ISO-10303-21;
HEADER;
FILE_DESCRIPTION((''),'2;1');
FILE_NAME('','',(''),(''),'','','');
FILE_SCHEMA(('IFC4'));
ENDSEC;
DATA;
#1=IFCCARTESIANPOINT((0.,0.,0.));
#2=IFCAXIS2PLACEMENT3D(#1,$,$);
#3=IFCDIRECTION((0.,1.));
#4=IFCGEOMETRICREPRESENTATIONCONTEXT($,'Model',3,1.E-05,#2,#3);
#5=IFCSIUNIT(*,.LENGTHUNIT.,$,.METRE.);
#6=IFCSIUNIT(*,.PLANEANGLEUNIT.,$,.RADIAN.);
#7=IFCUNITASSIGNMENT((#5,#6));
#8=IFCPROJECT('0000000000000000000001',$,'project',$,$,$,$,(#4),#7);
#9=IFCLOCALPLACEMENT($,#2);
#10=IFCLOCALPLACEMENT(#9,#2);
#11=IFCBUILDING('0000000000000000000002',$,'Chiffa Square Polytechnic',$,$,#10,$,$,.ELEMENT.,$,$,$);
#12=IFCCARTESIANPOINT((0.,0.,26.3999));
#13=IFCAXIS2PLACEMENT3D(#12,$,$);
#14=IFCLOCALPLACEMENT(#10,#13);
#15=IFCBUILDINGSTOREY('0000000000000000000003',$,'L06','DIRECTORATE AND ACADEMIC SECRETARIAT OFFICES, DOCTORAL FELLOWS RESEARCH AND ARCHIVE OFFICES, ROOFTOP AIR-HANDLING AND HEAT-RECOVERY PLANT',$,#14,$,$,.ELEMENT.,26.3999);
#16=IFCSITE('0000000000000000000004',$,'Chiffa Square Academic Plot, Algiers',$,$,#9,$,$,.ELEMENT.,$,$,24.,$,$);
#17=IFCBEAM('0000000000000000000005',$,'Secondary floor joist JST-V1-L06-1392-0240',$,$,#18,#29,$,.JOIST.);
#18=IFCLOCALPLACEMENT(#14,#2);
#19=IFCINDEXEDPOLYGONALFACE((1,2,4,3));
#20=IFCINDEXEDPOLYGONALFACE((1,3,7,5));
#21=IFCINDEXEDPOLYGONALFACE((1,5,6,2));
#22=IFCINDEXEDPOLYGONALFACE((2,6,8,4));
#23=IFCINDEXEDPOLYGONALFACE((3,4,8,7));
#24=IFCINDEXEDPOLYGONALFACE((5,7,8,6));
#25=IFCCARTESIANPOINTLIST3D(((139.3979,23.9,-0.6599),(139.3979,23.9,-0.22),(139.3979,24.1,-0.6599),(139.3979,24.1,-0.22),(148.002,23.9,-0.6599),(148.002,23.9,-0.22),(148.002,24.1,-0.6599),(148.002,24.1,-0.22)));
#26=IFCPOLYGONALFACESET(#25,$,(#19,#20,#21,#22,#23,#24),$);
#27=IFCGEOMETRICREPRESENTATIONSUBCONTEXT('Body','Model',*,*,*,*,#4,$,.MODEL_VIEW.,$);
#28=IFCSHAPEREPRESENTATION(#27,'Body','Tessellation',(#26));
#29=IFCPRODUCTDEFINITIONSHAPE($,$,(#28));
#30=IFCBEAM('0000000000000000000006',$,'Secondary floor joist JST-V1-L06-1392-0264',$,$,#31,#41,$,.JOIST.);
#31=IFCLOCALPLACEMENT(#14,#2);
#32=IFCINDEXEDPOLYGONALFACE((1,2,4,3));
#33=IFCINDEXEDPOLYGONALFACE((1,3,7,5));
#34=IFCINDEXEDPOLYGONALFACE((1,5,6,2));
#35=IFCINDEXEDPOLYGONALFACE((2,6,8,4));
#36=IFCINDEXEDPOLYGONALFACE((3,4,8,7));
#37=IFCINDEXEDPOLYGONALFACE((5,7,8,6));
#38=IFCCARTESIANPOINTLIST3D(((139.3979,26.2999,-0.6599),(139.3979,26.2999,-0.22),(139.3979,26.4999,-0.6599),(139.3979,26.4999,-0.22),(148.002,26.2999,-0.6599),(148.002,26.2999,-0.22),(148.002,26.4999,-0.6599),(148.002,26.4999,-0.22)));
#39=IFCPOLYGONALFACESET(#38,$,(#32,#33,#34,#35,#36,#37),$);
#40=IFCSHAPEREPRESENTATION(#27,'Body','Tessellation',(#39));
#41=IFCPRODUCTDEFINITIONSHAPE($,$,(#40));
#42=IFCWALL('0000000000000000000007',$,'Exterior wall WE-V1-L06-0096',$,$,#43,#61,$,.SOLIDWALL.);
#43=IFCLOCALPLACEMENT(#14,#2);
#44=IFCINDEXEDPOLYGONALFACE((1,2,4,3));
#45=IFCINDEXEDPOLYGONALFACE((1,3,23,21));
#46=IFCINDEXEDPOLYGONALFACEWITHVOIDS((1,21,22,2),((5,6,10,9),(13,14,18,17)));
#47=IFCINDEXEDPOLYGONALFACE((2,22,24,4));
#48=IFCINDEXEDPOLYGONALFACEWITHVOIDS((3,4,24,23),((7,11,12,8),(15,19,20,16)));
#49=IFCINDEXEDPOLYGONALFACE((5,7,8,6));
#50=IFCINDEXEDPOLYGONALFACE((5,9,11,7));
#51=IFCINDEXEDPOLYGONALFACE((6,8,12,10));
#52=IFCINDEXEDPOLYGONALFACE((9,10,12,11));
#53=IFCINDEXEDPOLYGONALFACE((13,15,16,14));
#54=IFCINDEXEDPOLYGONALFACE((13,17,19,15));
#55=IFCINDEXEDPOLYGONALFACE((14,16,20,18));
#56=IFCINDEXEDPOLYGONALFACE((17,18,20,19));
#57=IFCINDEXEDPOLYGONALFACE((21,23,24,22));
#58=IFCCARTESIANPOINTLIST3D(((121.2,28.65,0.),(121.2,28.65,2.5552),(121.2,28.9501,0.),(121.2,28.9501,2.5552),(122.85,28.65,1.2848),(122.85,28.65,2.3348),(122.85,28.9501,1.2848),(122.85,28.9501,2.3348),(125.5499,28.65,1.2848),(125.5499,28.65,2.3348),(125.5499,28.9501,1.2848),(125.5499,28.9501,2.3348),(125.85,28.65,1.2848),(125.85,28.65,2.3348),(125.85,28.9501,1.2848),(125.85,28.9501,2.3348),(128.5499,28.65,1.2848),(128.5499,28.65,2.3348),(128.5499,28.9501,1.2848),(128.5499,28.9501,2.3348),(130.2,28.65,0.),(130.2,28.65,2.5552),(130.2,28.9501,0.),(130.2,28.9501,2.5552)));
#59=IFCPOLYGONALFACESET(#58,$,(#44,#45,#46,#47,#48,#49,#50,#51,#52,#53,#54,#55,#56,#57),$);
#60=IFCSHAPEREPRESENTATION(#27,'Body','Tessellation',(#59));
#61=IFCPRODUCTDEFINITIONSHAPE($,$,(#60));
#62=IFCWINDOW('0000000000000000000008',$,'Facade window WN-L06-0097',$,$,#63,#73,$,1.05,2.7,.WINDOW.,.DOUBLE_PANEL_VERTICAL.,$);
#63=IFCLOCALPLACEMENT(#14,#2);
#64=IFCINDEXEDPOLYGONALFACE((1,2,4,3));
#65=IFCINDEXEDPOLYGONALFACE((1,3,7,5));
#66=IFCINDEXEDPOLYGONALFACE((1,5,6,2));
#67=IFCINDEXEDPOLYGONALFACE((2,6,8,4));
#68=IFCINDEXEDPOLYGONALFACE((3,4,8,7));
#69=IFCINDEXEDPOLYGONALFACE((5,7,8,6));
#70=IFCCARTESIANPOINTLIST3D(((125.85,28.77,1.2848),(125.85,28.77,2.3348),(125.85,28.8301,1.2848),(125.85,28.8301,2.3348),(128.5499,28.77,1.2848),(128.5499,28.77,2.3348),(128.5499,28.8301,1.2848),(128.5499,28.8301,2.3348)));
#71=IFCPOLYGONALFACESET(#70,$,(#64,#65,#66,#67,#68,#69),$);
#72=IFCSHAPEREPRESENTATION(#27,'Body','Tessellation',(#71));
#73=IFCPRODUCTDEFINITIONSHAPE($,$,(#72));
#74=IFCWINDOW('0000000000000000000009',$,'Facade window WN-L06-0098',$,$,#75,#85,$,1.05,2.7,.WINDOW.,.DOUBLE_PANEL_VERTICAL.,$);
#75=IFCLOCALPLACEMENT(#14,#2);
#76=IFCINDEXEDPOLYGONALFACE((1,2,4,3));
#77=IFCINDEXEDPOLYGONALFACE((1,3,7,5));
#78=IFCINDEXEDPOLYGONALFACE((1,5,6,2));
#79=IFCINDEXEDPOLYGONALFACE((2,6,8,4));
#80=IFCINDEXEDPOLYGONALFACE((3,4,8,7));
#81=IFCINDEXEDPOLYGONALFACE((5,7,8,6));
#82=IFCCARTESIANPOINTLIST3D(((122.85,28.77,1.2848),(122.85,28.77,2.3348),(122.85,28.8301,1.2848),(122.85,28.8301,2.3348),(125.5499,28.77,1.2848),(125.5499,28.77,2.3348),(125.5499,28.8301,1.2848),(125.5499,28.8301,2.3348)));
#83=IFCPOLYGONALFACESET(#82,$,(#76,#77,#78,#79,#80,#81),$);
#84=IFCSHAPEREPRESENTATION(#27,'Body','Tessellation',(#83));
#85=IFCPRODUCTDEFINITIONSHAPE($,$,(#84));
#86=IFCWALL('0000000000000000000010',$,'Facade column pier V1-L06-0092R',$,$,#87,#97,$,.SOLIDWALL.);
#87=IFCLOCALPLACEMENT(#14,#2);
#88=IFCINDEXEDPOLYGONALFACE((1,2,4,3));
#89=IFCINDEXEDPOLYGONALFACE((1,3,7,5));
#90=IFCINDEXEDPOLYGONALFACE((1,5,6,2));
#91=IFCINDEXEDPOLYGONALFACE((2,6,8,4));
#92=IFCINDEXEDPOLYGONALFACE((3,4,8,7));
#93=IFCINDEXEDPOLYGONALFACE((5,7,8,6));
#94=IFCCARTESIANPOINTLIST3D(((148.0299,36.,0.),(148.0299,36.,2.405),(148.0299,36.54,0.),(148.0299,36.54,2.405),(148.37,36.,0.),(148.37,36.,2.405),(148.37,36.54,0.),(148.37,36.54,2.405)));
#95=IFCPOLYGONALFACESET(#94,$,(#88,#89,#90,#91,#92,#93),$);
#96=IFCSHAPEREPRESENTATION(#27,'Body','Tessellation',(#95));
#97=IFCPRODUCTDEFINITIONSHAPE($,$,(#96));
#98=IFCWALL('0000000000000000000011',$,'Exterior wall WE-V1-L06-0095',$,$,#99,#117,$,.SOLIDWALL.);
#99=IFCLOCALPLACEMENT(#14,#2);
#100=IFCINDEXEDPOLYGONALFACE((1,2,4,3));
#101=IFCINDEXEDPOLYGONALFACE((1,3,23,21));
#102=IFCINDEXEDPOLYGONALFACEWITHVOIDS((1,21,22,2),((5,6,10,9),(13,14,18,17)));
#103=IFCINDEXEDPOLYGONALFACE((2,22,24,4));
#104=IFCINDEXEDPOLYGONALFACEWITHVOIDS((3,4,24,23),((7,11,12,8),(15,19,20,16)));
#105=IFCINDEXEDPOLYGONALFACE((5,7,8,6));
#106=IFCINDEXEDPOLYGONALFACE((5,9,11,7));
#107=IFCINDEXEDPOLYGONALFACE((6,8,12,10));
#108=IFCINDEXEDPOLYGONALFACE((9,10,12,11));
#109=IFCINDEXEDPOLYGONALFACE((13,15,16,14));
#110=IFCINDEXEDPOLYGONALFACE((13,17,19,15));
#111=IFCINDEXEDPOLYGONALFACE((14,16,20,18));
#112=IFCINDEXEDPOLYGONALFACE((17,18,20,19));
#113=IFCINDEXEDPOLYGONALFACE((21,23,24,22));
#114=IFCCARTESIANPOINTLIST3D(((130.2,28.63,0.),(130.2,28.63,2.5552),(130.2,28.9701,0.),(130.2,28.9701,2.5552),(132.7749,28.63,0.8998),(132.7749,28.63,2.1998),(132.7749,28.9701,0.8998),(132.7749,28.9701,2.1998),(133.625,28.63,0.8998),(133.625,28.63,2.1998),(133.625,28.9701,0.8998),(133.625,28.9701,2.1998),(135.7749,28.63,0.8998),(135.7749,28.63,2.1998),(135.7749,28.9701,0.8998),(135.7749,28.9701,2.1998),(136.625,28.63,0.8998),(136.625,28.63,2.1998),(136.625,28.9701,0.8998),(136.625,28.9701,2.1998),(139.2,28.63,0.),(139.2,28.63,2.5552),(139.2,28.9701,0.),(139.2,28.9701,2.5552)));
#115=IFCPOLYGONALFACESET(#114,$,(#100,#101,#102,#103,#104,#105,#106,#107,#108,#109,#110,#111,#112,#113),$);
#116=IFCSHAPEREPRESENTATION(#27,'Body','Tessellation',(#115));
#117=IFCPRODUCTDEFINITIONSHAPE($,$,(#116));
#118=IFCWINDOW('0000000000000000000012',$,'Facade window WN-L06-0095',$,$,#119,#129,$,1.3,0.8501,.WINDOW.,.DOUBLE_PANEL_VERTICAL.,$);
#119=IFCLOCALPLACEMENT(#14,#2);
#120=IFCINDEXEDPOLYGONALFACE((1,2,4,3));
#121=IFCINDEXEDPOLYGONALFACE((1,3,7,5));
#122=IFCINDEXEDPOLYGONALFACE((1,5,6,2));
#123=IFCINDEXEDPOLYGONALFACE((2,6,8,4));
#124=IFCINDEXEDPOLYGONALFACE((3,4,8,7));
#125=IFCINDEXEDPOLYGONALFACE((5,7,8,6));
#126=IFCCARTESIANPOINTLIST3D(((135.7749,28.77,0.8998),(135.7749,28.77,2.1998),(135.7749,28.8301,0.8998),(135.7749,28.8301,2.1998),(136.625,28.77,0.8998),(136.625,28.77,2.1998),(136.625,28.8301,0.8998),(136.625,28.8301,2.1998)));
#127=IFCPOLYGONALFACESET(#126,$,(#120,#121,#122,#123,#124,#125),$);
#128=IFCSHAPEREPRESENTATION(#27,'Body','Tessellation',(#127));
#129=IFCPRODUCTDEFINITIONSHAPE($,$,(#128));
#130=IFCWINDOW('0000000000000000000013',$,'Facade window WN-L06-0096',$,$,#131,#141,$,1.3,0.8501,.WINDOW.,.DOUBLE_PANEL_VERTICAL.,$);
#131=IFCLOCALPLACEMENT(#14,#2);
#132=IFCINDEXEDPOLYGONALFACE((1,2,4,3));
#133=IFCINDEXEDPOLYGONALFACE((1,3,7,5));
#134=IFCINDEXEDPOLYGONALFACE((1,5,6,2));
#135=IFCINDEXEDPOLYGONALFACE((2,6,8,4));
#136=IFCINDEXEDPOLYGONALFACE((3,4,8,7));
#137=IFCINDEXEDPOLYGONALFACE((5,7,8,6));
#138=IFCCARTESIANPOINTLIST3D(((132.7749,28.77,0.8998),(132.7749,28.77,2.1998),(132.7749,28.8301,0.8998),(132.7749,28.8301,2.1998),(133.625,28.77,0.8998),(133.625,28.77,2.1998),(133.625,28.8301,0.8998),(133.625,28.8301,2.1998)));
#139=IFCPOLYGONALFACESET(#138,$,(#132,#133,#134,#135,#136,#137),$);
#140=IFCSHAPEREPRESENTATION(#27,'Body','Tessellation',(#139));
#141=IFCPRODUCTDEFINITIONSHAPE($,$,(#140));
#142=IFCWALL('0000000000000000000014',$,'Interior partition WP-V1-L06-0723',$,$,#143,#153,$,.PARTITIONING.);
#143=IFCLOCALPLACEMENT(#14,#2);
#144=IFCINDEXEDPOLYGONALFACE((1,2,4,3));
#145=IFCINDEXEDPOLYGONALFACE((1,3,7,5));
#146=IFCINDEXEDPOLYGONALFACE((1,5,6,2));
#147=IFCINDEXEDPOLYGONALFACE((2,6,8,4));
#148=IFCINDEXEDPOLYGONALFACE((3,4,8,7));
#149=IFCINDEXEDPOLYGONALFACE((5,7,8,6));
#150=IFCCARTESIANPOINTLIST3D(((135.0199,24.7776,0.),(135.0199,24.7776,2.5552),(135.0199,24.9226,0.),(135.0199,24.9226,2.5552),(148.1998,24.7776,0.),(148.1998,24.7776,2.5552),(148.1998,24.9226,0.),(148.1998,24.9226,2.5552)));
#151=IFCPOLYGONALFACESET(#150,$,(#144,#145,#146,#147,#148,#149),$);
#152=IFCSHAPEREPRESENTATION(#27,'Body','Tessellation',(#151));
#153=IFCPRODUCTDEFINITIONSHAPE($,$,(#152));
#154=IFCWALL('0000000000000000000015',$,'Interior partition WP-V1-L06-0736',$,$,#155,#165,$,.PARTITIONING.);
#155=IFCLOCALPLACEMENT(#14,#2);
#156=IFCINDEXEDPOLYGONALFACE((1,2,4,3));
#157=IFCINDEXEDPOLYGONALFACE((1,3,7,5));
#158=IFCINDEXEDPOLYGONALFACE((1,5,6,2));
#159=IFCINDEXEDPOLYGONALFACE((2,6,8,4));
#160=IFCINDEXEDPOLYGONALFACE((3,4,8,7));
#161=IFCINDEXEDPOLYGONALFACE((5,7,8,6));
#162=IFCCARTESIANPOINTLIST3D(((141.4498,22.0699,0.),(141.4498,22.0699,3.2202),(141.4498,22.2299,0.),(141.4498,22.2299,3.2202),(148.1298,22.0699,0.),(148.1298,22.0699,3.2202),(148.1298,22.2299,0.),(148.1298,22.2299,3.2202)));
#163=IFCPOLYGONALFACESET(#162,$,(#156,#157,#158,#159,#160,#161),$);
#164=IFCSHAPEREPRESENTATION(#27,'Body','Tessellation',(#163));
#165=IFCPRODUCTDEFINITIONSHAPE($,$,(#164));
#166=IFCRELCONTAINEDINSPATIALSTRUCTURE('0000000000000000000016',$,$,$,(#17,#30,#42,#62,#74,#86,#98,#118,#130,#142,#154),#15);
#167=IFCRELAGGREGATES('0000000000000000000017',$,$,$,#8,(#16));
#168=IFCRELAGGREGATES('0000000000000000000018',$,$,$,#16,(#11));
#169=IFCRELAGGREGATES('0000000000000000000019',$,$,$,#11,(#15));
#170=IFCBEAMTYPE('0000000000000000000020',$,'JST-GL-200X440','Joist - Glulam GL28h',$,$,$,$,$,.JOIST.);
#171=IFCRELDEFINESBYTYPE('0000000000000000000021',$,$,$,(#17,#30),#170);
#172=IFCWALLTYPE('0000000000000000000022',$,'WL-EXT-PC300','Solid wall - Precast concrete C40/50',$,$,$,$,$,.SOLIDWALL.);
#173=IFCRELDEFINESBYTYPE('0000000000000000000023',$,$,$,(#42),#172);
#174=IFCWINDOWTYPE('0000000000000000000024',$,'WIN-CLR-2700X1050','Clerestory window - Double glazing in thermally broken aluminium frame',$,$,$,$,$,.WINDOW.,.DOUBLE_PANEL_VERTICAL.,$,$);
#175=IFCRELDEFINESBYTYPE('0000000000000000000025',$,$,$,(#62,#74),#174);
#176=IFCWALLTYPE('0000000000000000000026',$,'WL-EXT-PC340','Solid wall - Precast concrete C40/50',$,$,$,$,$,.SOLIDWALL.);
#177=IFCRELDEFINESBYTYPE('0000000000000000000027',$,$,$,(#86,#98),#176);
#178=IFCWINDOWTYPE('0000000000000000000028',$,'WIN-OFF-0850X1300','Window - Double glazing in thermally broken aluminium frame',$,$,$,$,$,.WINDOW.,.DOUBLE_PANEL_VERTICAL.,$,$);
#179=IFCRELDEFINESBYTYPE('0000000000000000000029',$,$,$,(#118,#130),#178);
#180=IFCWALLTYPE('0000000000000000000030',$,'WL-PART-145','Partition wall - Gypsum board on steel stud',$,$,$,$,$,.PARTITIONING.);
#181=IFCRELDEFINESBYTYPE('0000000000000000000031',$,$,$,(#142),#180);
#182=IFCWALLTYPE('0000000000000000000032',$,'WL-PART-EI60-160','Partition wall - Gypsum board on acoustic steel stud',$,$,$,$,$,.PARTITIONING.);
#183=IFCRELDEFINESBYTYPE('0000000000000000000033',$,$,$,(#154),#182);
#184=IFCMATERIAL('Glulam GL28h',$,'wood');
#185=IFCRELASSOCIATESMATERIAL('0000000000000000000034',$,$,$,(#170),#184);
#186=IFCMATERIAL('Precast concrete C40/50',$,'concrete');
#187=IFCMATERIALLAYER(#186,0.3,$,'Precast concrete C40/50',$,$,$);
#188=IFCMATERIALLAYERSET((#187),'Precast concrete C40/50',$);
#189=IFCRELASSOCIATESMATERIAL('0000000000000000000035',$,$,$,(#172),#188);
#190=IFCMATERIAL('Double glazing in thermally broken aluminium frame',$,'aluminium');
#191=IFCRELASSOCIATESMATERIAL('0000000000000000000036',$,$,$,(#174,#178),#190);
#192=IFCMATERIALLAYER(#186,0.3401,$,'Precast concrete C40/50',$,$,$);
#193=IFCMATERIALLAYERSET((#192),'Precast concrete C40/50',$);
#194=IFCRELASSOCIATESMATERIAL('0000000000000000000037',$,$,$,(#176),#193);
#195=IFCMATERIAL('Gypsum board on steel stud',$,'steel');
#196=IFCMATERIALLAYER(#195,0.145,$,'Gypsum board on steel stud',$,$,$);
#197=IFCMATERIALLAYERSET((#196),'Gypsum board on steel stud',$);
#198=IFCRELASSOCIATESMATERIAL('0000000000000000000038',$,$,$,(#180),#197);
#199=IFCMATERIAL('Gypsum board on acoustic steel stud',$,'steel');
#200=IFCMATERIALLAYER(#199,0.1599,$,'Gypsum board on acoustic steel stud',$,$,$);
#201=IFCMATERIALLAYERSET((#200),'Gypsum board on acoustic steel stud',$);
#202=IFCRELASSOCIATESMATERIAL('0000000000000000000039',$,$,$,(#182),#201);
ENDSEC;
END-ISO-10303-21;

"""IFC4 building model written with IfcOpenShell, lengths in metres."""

from ifc_helpers import new_model, si_unit, direction, frame, frame_2d, origin, origin_2d, place, context, subcontext, project, spatial, rectangle, extrude, material, layer, layer_set, material_profile, profile_set, type_object, element, fill, save


model = new_model("IFC4")

# Units and contexts
model_context = context("Model", 3, precision=1e-05, world=origin(), true_north=direction((0.0, 1.0)))
body_context = subcontext(model_context, "Body", "Model", "MODEL_VIEW")
ifc_project = project(units=[si_unit("LENGTHUNIT", "METRE"), si_unit("PLANEANGLEUNIT", "RADIAN")], contexts=[model_context])

# Site, building, storey
site_placement = place(None, origin())
site = spatial("IfcSite", under=ifc_project, at=site_placement, Name="Chiffa Square Academic Plot, Algiers", CompositionType="ELEMENT", RefElevation=24.0)
building_placement = place(site_placement, origin())
building = spatial("IfcBuilding", under=site, at=building_placement, Name="Chiffa Square Polytechnic", CompositionType="ELEMENT")
storey_placement = place(building_placement, frame((0.0, 0.0, 26.3999)))
storey = spatial("IfcBuildingStorey", under=building, at=storey_placement, Name="L06", Description="DIRECTORATE AND ACADEMIC SECRETARIAT OFFICES, DOCTORAL FELLOWS RESEARCH AND ARCHIVE OFFICES, ROOFTOP AIR-HANDLING AND HEAT-RECOVERY PLANT", CompositionType="ELEMENT", Elevation=26.3999)

# Shared definitions
ifc_material_1 = material(Name="Glulam GL28h", Category="wood")

# Beams
ifc_material_profile_1 = material_profile(ifc_material_1, rectangle(XDim=0.2, YDim=0.4399, at=origin_2d()), Name="GL28h 200x440")
ifc_profile_set_1 = profile_set([ifc_material_profile_1], Name="Glulam GL28h")
beam_type_1 = type_object("IfcBeamType", Name="JST-GL-200X440", Description="Joist - Glulam GL28h", PredefinedType="JOIST", material=ifc_profile_set_1)
for number, where, z_axis, x_axis, name in (
    (1, (139.3979, 24.0, -0.4399), (1.0, 0.0, 0.0), (0.0, 1.0, 0.0), "Secondary floor joist JST-V1-L06-1392-0240"),
    (2, (139.3979, 26.3999, -0.4399), (1.0, 0.0, 0.0), (0.0, 1.0, 0.0), "Secondary floor joist JST-V1-L06-1392-0264"),
):
    element("IfcBeam", number, at=place(storey_placement, frame(where, z_axis=z_axis, x_axis=x_axis)), inside=storey, type_object=beam_type_1, Name=name, PredefinedType="JOIST", context=body_context, shape_type="SweptSolid", body=[
        extrude(rectangle(XDim=0.2, YDim=0.4399, at=origin_2d()), origin(), (0.0, 0.0, 1.0), 8.604),
    ])

# Wall, openings, windows
ifc_material_2 = material(Name="Precast concrete C40/50", Category="concrete")
ifc_layer_1 = layer(ifc_material_2, 0.3, Name="Precast concrete C40/50")
ifc_layer_set_1 = layer_set([ifc_layer_1], Name="Precast concrete C40/50")
wall_type_1 = type_object("IfcWallType", Name="WL-EXT-PC300", Description="Solid wall - Precast concrete C40/50", PredefinedType="SOLIDWALL", material=ifc_layer_set_1)
wall_1_placement = place(storey_placement, frame((130.2, 28.8, 0.0), z_axis=(0.0, 0.0, 1.0), x_axis=(-1.0, 0.0, 0.0)))
wall_1 = element("IfcWall", 3, at=wall_1_placement, inside=storey, type_object=wall_type_1, Name="Exterior wall WE-V1-L06-0096", PredefinedType="SOLIDWALL", context=body_context, shape_type="SweptSolid", body=[
    extrude(rectangle(XDim=9.0, YDim=0.3, at=frame_2d((4.5, 0.0))), origin(), (0.0, 0.0, 1.0), 2.5552),
])
opening_1_placement = place(wall_1_placement, frame((1.6499, 0.0, 1.2849)))
opening_1 = element("IfcOpeningElement", 4, at=opening_1_placement, cuts=wall_1, PredefinedType="OPENING", context=body_context, shape_type="SweptSolid", body=[
    extrude(rectangle(XDim=2.7, YDim=1.05, at=frame_2d((1.3501, 0.5249))), frame((0.0, 0.1602, 0.0), z_axis=(0.0, -1.0, 0.0), x_axis=(1.0, 0.0, 0.0)), (0.0, 0.0, 1.0), 0.3201),
])
opening_2_placement = place(wall_1_placement, frame((4.6499, 0.0, 1.2849)))
opening_2 = element("IfcOpeningElement", 5, at=opening_2_placement, cuts=wall_1, PredefinedType="OPENING", context=body_context, shape_type="SweptSolid", body=[
    extrude(rectangle(XDim=2.7, YDim=1.05, at=frame_2d((1.3501, 0.5249))), frame((0.0, 0.1602, 0.0), z_axis=(0.0, -1.0, 0.0), x_axis=(1.0, 0.0, 0.0)), (0.0, 0.0, 1.0), 0.3201),
])
ifc_material_3 = material(Name="Double glazing in thermally broken aluminium frame", Category="aluminium")
window_type_1 = type_object("IfcWindowType", Name="WIN-CLR-2700X1050", Description="Clerestory window - Double glazing in thermally broken aluminium frame", PartitioningType="DOUBLE_PANEL_VERTICAL", PredefinedType="WINDOW", material=ifc_material_3)
window_1_placement = place(opening_1_placement, origin())
window_1 = element("IfcWindow", 6, at=window_1_placement, inside=storey, type_object=window_type_1, Name="Facade window WN-L06-0097", OverallHeight=1.05, OverallWidth=2.7, PartitioningType="DOUBLE_PANEL_VERTICAL", PredefinedType="WINDOW", context=body_context, shape_type="SweptSolid", body=[
    extrude(rectangle(XDim=2.7, YDim=1.05, at=frame_2d((1.3501, 0.5249))), frame((0.0, 0.03, 0.0), z_axis=(0.0, -1.0, 0.0), x_axis=(1.0, 0.0, 0.0)), (0.0, 0.0, 1.0), 0.0601),
])
fill(opening_1, window_1)
window_2_placement = place(opening_2_placement, origin())
window_2 = element("IfcWindow", 7, at=window_2_placement, inside=storey, type_object=window_type_1, Name="Facade window WN-L06-0098", OverallHeight=1.05, OverallWidth=2.7, PartitioningType="DOUBLE_PANEL_VERTICAL", PredefinedType="WINDOW", context=body_context, shape_type="SweptSolid", body=[
    extrude(rectangle(XDim=2.7, YDim=1.05, at=frame_2d((1.3501, 0.5249))), frame((0.0, 0.03, 0.0), z_axis=(0.0, -1.0, 0.0), x_axis=(1.0, 0.0, 0.0)), (0.0, 0.0, 1.0), 0.0601),
])
fill(opening_2, window_2)

# Wall
ifc_layer_2 = layer(ifc_material_2, 0.3401, Name="Precast concrete C40/50")
ifc_layer_set_2 = layer_set([ifc_layer_2], Name="Precast concrete C40/50")
wall_type_2 = type_object("IfcWallType", Name="WL-EXT-PC340", Description="Solid wall - Precast concrete C40/50", PredefinedType="SOLIDWALL", material=ifc_layer_set_2)
wall_2_placement = place(storey_placement, frame((148.2, 36.54, 0.0), z_axis=(0.0, 0.0, 1.0), x_axis=(0.0, -1.0, 0.0)))
element("IfcWall", 8, at=wall_2_placement, inside=storey, type_object=wall_type_2, Name="Facade column pier V1-L06-0092R", PredefinedType="SOLIDWALL", context=body_context, shape_type="SweptSolid", body=[
    extrude(rectangle(XDim=0.54, YDim=0.3401, at=frame_2d((0.27, 0.0))), origin(), (0.0, 0.0, 1.0), 2.405),
])

# Wall, openings, windows
wall_3_placement = place(storey_placement, frame((139.2, 28.8, 0.0), z_axis=(0.0, 0.0, 1.0), x_axis=(-1.0, 0.0, 0.0)))
wall_3 = element("IfcWall", 9, at=wall_3_placement, inside=storey, type_object=wall_type_2, Name="Exterior wall WE-V1-L06-0095", PredefinedType="SOLIDWALL", context=body_context, shape_type="SweptSolid", body=[
    extrude(rectangle(XDim=9.0, YDim=0.3401, at=frame_2d((4.5, 0.0))), origin(), (0.0, 0.0, 1.0), 2.5552),
])
opening_3_placement = place(wall_3_placement, frame((2.575, 0.0, 0.8999)))
opening_3 = element("IfcOpeningElement", 10, at=opening_3_placement, cuts=wall_3, PredefinedType="OPENING", context=body_context, shape_type="SweptSolid", body=[
    extrude(rectangle(XDim=0.8501, YDim=1.3, at=frame_2d((0.425, 0.6499))), frame((0.0, 0.1802, 0.0), z_axis=(0.0, -1.0, 0.0), x_axis=(1.0, 0.0, 0.0)), (0.0, 0.0, 1.0), 0.3601),
])
opening_4_placement = place(wall_3_placement, frame((5.575, 0.0, 0.8999)))
opening_4 = element("IfcOpeningElement", 11, at=opening_4_placement, cuts=wall_3, PredefinedType="OPENING", context=body_context, shape_type="SweptSolid", body=[
    extrude(rectangle(XDim=0.8501, YDim=1.3, at=frame_2d((0.425, 0.6499))), frame((0.0, 0.1802, 0.0), z_axis=(0.0, -1.0, 0.0), x_axis=(1.0, 0.0, 0.0)), (0.0, 0.0, 1.0), 0.3601),
])
window_type_2 = type_object("IfcWindowType", Name="WIN-OFF-0850X1300", Description="Window - Double glazing in thermally broken aluminium frame", PartitioningType="DOUBLE_PANEL_VERTICAL", PredefinedType="WINDOW", material=ifc_material_3)
window_3_placement = place(opening_3_placement, origin())
window_3 = element("IfcWindow", 12, at=window_3_placement, inside=storey, type_object=window_type_2, Name="Facade window WN-L06-0095", OverallHeight=1.3, OverallWidth=0.8501, PartitioningType="DOUBLE_PANEL_VERTICAL", PredefinedType="WINDOW", context=body_context, shape_type="SweptSolid", body=[
    extrude(rectangle(XDim=0.8501, YDim=1.3, at=frame_2d((0.425, 0.6499))), frame((0.0, 0.03, 0.0), z_axis=(0.0, -1.0, 0.0), x_axis=(1.0, 0.0, 0.0)), (0.0, 0.0, 1.0), 0.0601),
])
fill(opening_3, window_3)
window_4_placement = place(opening_4_placement, origin())
window_4 = element("IfcWindow", 13, at=window_4_placement, inside=storey, type_object=window_type_2, Name="Facade window WN-L06-0096", OverallHeight=1.3, OverallWidth=0.8501, PartitioningType="DOUBLE_PANEL_VERTICAL", PredefinedType="WINDOW", context=body_context, shape_type="SweptSolid", body=[
    extrude(rectangle(XDim=0.8501, YDim=1.3, at=frame_2d((0.425, 0.6499))), frame((0.0, 0.03, 0.0), z_axis=(0.0, -1.0, 0.0), x_axis=(1.0, 0.0, 0.0)), (0.0, 0.0, 1.0), 0.0601),
])
fill(opening_4, window_4)

# Shared definitions
ifc_material_4 = material(Name="Gypsum board on steel stud", Category="steel")

# Walls
ifc_layer_3 = layer(ifc_material_4, 0.145, Name="Gypsum board on steel stud")
ifc_layer_set_3 = layer_set([ifc_layer_3], Name="Gypsum board on steel stud")
wall_type_3 = type_object("IfcWallType", Name="WL-PART-145", Description="Partition wall - Gypsum board on steel stud", PredefinedType="PARTITIONING", material=ifc_layer_set_3)
wall_4_placement = place(storey_placement, frame((135.02, 24.8501, 0.0), z_axis=(0.0, 0.0, 1.0), x_axis=(1.0, 0.0, 0.0)))
element("IfcWall", 14, at=wall_4_placement, inside=storey, type_object=wall_type_3, Name="Interior partition WP-V1-L06-0723", PredefinedType="PARTITIONING", context=body_context, shape_type="SweptSolid", body=[
    extrude(rectangle(XDim=13.1799, YDim=0.145, at=frame_2d((6.5898, 0.0))), origin(), (0.0, 0.0, 1.0), 2.5552),
])
ifc_material_5 = material(Name="Gypsum board on acoustic steel stud", Category="steel")
ifc_layer_4 = layer(ifc_material_5, 0.1599, Name="Gypsum board on acoustic steel stud")
ifc_layer_set_4 = layer_set([ifc_layer_4], Name="Gypsum board on acoustic steel stud")
wall_type_4 = type_object("IfcWallType", Name="WL-PART-EI60-160", Description="Partition wall - Gypsum board on acoustic steel stud", PredefinedType="PARTITIONING", material=ifc_layer_set_4)
wall_5_placement = place(storey_placement, frame((141.45, 22.1499, 0.0), z_axis=(0.0, 0.0, 1.0), x_axis=(1.0, 0.0, 0.0)))
element("IfcWall", 15, at=wall_5_placement, inside=storey, type_object=wall_type_4, Name="Interior partition WP-V1-L06-0736", PredefinedType="PARTITIONING", context=body_context, shape_type="SweptSolid", body=[
    extrude(rectangle(XDim=6.6799, YDim=0.1599, at=frame_2d((3.3398, 0.0))), origin(), (0.0, 0.0, 1.0), 3.2202),
])

save(model, "model.ifc")
